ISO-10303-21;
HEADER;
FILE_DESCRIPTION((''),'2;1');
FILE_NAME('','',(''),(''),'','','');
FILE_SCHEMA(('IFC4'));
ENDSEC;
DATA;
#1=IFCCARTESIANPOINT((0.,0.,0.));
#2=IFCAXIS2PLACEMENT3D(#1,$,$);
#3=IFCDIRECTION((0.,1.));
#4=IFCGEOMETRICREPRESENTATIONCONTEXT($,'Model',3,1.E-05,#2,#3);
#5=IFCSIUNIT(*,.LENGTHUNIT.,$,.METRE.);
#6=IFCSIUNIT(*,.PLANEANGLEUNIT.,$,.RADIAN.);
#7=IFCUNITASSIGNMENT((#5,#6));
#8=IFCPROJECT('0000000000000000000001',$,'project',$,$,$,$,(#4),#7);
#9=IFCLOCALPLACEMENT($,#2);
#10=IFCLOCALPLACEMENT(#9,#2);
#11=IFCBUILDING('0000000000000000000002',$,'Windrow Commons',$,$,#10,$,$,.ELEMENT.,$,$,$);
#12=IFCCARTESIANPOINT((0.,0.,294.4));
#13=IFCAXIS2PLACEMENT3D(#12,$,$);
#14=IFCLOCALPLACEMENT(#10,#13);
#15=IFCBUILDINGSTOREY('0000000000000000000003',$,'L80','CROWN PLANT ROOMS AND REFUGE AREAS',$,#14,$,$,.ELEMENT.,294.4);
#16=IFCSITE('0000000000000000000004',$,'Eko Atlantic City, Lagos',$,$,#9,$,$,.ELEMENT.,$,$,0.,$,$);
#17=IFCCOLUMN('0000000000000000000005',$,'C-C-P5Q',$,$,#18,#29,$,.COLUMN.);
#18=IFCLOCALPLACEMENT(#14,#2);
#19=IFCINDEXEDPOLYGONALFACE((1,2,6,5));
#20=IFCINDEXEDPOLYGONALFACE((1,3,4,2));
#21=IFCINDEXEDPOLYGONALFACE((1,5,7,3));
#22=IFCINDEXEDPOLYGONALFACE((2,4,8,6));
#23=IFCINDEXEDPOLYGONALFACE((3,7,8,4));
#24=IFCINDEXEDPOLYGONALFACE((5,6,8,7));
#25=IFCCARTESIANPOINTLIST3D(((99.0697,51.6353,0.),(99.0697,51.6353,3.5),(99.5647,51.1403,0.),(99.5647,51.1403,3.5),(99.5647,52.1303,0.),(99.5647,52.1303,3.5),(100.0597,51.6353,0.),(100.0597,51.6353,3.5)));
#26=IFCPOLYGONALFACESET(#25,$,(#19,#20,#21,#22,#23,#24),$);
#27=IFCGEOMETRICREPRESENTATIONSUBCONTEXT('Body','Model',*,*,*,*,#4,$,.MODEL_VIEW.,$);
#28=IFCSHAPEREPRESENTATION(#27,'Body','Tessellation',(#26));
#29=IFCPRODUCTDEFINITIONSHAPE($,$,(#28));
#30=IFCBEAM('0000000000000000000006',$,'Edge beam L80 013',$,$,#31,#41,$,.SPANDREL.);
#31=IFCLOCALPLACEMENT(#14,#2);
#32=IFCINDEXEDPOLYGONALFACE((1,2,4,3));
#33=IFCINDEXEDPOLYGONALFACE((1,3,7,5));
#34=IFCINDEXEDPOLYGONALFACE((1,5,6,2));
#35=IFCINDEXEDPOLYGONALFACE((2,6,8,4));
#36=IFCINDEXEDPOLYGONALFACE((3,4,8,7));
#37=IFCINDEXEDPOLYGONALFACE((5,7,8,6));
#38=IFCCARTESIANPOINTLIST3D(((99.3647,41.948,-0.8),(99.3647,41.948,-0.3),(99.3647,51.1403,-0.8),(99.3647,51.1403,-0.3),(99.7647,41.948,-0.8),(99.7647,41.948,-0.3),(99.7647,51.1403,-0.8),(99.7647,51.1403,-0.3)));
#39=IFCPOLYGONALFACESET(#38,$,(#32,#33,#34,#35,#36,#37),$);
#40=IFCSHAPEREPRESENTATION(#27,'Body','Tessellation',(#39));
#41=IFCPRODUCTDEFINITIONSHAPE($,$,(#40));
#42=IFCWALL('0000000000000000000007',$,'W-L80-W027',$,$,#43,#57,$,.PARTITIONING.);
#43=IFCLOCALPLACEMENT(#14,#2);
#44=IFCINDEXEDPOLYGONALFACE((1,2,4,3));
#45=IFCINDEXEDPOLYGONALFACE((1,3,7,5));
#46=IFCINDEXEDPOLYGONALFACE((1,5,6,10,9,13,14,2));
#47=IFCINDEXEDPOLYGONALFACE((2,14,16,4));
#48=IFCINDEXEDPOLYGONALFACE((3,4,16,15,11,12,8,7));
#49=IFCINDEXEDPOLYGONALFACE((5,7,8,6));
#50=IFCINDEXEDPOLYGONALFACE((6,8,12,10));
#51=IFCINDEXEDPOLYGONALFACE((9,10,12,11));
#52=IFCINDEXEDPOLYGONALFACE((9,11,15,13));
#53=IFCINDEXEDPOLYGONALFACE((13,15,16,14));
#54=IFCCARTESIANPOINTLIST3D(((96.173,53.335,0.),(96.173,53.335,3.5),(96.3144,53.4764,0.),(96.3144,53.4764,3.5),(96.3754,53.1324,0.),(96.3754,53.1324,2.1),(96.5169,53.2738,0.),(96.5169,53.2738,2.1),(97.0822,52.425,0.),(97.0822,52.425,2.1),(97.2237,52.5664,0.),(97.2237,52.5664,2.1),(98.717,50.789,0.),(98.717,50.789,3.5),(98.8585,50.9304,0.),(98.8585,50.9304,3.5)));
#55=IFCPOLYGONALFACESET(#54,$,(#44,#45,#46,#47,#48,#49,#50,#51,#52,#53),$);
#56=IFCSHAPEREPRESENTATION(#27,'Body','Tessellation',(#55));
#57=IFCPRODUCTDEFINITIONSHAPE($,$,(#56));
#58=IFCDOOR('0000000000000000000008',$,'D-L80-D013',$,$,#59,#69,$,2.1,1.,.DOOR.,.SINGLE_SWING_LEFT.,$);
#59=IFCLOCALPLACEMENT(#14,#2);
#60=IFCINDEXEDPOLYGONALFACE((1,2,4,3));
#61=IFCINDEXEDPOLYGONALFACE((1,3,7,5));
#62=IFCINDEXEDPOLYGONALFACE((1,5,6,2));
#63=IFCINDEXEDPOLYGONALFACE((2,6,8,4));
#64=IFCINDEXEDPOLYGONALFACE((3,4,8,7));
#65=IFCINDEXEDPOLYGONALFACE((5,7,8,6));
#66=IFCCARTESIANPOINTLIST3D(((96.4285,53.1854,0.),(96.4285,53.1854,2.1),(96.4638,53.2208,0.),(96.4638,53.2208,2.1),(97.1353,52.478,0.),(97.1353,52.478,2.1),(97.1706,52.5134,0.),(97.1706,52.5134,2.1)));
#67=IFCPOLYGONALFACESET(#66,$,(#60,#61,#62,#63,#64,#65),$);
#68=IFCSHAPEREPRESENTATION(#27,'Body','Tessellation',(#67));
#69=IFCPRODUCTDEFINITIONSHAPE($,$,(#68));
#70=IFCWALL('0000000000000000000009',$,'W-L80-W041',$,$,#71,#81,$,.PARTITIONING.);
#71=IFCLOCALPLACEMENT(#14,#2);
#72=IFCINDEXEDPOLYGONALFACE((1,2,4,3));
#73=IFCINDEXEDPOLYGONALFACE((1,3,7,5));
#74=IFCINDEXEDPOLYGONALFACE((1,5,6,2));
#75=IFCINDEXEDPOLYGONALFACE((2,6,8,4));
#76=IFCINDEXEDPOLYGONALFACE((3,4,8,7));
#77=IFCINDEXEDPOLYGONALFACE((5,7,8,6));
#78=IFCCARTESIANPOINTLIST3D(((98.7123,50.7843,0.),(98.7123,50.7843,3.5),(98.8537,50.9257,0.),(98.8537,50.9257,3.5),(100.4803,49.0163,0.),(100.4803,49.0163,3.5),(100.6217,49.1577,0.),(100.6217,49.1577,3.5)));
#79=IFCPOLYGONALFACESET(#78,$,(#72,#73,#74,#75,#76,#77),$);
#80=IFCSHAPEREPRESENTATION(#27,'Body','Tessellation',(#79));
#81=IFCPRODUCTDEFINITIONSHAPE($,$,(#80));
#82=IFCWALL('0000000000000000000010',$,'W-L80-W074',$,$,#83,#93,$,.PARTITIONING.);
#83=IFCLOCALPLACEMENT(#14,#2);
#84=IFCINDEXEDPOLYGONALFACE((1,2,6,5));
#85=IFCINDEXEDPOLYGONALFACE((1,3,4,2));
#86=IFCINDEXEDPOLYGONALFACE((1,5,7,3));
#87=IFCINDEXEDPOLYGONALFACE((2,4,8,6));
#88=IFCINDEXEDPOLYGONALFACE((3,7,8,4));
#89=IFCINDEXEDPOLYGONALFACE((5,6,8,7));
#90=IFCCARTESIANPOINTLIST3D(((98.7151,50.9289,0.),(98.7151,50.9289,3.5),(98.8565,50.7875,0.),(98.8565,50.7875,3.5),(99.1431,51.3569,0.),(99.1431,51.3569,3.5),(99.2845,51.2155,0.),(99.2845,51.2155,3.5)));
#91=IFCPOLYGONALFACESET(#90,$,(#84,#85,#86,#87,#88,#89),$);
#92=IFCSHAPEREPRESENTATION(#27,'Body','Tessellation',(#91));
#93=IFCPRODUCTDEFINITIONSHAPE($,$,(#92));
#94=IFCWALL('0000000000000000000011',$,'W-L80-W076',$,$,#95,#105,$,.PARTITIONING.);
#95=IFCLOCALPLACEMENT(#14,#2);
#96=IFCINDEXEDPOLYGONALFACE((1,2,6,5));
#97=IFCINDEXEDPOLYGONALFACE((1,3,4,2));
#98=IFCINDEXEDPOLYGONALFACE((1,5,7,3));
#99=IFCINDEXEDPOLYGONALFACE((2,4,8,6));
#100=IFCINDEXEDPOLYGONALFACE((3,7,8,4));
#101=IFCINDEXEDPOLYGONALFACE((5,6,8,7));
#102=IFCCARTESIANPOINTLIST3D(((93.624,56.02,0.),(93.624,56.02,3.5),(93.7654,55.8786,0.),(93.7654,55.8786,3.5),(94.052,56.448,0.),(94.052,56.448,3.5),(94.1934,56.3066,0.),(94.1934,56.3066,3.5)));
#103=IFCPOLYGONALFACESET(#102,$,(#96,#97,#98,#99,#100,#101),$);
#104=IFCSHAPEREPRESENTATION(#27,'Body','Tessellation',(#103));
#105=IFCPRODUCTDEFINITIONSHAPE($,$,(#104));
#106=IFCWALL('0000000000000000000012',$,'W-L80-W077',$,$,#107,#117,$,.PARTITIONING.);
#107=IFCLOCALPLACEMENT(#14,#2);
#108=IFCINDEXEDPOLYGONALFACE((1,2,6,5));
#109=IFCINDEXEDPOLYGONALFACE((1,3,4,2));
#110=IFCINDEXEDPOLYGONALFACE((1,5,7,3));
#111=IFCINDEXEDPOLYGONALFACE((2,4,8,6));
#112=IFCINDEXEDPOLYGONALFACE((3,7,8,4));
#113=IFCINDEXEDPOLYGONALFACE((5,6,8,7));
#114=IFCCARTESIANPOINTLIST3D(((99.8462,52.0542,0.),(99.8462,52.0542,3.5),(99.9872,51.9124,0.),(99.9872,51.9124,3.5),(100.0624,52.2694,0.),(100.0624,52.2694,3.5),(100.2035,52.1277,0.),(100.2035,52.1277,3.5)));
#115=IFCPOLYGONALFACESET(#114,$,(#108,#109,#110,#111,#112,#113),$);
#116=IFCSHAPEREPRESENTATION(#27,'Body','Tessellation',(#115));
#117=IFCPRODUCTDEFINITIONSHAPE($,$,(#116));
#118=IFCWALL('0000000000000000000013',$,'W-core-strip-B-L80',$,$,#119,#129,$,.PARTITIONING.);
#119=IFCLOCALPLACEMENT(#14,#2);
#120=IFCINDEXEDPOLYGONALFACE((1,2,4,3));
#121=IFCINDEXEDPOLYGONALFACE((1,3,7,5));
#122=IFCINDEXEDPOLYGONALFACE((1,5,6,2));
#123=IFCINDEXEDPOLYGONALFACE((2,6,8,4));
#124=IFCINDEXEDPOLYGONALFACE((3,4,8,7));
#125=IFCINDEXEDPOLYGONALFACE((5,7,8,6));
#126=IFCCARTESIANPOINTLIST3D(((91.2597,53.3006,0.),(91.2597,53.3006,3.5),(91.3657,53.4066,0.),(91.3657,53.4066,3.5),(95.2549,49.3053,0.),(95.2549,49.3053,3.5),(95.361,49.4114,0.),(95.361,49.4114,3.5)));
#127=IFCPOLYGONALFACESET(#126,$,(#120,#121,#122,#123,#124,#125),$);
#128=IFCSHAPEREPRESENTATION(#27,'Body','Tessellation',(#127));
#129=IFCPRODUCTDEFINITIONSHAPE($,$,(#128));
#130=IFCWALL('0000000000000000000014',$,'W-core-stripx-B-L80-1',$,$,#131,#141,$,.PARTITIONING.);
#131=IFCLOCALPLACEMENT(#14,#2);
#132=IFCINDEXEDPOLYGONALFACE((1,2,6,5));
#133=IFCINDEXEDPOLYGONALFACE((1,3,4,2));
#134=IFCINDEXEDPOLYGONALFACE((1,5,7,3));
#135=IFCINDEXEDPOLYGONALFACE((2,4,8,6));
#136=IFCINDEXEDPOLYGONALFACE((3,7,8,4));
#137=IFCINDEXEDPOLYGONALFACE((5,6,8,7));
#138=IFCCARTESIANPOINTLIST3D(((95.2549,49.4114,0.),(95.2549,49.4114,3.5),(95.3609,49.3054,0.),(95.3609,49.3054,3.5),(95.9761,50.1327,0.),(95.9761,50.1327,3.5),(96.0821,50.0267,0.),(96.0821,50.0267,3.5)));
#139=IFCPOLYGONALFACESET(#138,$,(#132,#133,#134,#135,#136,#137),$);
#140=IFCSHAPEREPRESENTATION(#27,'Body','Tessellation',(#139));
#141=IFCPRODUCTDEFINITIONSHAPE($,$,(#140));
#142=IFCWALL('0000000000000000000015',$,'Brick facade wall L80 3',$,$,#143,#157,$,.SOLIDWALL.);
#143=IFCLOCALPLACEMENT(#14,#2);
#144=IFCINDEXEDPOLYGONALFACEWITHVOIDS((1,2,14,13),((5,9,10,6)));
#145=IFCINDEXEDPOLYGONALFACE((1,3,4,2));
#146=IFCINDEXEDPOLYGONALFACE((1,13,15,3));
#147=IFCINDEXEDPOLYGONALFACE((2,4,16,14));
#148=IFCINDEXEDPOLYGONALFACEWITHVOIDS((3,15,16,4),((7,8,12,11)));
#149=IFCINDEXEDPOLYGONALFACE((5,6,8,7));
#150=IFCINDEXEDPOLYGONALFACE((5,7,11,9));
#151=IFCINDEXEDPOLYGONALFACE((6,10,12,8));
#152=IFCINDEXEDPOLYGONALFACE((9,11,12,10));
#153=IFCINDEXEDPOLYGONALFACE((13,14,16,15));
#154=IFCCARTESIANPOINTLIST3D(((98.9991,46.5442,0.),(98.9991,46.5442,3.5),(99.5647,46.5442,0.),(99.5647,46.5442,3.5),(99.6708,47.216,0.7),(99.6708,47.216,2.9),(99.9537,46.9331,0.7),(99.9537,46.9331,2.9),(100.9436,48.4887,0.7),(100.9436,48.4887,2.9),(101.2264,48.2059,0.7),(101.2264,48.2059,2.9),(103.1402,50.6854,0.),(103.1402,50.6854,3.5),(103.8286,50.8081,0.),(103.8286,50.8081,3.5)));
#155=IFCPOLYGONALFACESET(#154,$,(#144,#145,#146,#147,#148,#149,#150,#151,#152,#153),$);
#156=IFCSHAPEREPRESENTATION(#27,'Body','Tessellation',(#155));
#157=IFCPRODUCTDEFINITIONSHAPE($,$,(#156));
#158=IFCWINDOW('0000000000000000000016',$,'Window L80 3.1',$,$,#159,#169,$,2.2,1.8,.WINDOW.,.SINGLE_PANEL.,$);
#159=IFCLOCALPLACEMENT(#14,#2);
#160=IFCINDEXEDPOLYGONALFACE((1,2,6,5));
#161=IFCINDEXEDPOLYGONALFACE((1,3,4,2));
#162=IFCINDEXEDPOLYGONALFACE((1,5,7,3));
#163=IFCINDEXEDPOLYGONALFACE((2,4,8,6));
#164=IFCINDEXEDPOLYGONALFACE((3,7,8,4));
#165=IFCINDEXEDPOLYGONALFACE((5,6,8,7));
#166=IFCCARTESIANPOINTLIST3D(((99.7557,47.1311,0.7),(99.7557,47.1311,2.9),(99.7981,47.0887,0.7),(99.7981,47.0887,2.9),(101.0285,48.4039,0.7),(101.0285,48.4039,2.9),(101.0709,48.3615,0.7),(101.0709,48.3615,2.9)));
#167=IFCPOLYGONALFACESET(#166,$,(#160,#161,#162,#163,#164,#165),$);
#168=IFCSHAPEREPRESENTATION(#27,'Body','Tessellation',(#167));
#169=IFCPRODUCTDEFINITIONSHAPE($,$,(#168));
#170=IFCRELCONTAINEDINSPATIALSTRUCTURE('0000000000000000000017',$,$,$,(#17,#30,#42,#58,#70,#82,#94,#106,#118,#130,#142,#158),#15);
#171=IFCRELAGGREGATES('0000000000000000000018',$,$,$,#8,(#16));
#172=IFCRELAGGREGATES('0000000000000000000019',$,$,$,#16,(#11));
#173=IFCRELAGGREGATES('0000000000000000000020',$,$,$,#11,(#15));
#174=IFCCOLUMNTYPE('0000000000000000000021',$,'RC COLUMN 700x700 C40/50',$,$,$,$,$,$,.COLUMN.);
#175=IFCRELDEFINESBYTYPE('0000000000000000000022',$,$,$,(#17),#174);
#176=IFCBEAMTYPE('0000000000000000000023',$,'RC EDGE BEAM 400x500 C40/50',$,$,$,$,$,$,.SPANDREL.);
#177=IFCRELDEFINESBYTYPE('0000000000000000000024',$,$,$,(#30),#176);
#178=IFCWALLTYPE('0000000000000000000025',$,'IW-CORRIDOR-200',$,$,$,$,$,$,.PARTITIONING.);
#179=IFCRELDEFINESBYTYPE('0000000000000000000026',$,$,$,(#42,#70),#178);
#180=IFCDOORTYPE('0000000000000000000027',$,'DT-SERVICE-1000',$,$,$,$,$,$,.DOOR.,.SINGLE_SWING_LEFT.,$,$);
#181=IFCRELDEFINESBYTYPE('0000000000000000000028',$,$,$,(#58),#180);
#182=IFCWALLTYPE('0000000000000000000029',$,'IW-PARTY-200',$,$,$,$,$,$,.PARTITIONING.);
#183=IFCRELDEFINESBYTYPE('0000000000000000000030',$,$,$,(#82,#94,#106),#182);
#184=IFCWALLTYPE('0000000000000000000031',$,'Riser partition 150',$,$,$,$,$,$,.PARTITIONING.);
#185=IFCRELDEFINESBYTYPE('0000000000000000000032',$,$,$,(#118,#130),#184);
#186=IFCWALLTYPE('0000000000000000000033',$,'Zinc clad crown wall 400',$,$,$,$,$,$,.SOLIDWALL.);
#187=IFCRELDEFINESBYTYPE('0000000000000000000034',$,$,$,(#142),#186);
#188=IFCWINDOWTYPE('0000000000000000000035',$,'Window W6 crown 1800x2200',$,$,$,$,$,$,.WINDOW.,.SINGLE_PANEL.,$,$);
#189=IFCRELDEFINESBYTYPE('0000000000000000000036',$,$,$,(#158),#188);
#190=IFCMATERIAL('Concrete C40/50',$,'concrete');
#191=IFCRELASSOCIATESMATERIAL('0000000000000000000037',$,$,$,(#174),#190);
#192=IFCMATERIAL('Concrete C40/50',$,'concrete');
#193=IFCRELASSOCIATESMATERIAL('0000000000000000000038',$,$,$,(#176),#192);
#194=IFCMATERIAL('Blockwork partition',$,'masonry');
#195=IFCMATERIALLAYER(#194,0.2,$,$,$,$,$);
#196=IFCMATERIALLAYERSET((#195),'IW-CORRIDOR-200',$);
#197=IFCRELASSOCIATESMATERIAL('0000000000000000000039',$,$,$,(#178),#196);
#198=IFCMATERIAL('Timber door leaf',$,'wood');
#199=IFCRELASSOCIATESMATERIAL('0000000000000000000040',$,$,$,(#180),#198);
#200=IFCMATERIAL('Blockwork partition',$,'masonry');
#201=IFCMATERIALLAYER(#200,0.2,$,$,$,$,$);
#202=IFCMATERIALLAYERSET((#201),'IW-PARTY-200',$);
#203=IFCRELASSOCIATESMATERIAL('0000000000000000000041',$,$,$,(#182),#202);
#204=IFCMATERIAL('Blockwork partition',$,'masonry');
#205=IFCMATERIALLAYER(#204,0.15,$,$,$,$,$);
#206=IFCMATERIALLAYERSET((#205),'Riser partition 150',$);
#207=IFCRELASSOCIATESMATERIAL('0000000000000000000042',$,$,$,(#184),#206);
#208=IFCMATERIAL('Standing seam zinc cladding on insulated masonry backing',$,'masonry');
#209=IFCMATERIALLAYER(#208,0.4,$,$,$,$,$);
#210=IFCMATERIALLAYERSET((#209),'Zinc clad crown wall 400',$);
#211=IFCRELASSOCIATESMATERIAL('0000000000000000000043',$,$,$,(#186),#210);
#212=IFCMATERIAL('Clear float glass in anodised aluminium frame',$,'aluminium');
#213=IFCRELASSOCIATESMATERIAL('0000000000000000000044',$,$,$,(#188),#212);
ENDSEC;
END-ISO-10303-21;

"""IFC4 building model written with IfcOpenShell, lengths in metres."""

from ifc_helpers import new_model, si_unit, direction, frame, frame_2d, origin, origin_2d, place, context, subcontext, project, spatial, polyline, rectangle, outline, extrude, material, layer, layer_set, material_profile, profile_set, type_object, element, fill, save


model = new_model("IFC4")

# Units and contexts
model_context = context("Model", 3, precision=1e-05, world=origin(), true_north=direction((0.0, 1.0)))
body_context = subcontext(model_context, "Body", "Model", "MODEL_VIEW")
ifc_project = project(units=[si_unit("LENGTHUNIT", "METRE"), si_unit("PLANEANGLEUNIT", "RADIAN")], contexts=[model_context])

# Site, building, storey
site_placement = place(None, origin())
site = spatial("IfcSite", under=ifc_project, at=site_placement, Name="Eko Atlantic City, Lagos", CompositionType="ELEMENT", RefElevation=0.0)
building_placement = place(site_placement, origin())
building = spatial("IfcBuilding", under=site, at=building_placement, Name="Windrow Commons", CompositionType="ELEMENT")
storey_placement = place(building_placement, frame((0.0, 0.0, 294.4)))
storey = spatial("IfcBuildingStorey", under=building, at=storey_placement, Name="L80", Description="CROWN PLANT ROOMS AND REFUGE AREAS", CompositionType="ELEMENT", Elevation=294.4)

# Column
ifc_material_1 = material(Name="Concrete C40/50", Category="concrete")
ifc_material_profile_1 = material_profile(ifc_material_1, rectangle(XDim=0.7, YDim=0.7, at=origin_2d()))
ifc_profile_set_1 = profile_set([ifc_material_profile_1], Name="Concrete C40/50")
column_type = type_object("IfcColumnType", Name="RC COLUMN 700x700 C40/50", PredefinedType="COLUMN", material=ifc_profile_set_1)
column_placement = place(storey_placement, frame((99.5647, 51.6353, 0.0), z_axis=(0.0, 0.0, 1.0), x_axis=(0.707107, -0.707107, 0.0)))
element("IfcColumn", 1, at=column_placement, inside=storey, type_object=column_type, Name="C-C-P5Q", PredefinedType="COLUMN", context=body_context, shape_type="SweptSolid", body=[
    extrude(rectangle(XDim=0.7, YDim=0.7, at=origin_2d()), origin(), (0.0, 0.0, 1.0), 3.5),
])

# Beam
ifc_material_2 = material(Name="Concrete C40/50", Category="concrete")
ifc_material_profile_2 = material_profile(ifc_material_2, rectangle(XDim=0.4, YDim=0.5, at=origin_2d()))
ifc_profile_set_2 = profile_set([ifc_material_profile_2], Name="Concrete C40/50")
beam_type = type_object("IfcBeamType", Name="RC EDGE BEAM 400x500 C40/50", PredefinedType="SPANDREL", material=ifc_profile_set_2)
beam_placement = place(storey_placement, frame((99.5647, 51.1403, -0.55), z_axis=(0.0, -1.0, 0.0), x_axis=(1.0, 0.0, 0.0)))
element("IfcBeam", 2, at=beam_placement, inside=storey, type_object=beam_type, Name="Edge beam L80 013", PredefinedType="SPANDREL", context=body_context, shape_type="SweptSolid", body=[
    extrude(rectangle(XDim=0.4, YDim=0.5, at=origin_2d()), origin(), (0.0, 0.0, 1.0), 9.1923),
])

# Wall, opening, door
ifc_material_3 = material(Name="Blockwork partition", Category="masonry")
ifc_layer_1 = layer(ifc_material_3, 0.2)
ifc_layer_set_1 = layer_set([ifc_layer_1], Name="IW-CORRIDOR-200")
wall_type_1 = type_object("IfcWallType", Name="IW-CORRIDOR-200", PredefinedType="PARTITIONING", material=ifc_layer_set_1)
wall_1_placement = place(storey_placement, frame((96.2437, 53.4057, 0.0), z_axis=(0.0, 0.0, 1.0), x_axis=(0.706829, -0.707385, 0.0)))
wall_1 = element("IfcWall", 3, at=wall_1_placement, inside=storey, type_object=wall_type_1, Name="W-L80-W027", PredefinedType="PARTITIONING", context=body_context, shape_type="SweptSolid", body=[
    extrude(rectangle(XDim=3.5992, YDim=0.2, at=frame_2d((1.7996, 0.0))), origin(), (0.0, 0.0, 1.0), 3.5),
])
opening_1_placement = place(wall_1_placement, frame((0.2864, 0.0, 0.0)))
opening_1 = element("IfcOpeningElement", 4, at=opening_1_placement, cuts=wall_1, PredefinedType="OPENING", context=body_context, shape_type="SweptSolid", body=[
    extrude(rectangle(XDim=1.0, YDim=2.1, at=frame_2d((0.5, 1.05))), frame((0.0, 0.11, 0.0), z_axis=(0.0, -1.0, 0.0), x_axis=(1.0, 0.0, 0.0)), (0.0, 0.0, 1.0), 0.22),
])
ifc_material_4 = material(Name="Timber door leaf", Category="wood")
door_type = type_object("IfcDoorType", Name="DT-SERVICE-1000", OperationType="SINGLE_SWING_LEFT", PredefinedType="DOOR", material=ifc_material_4)
door_placement = place(opening_1_placement, origin())
door = element("IfcDoor", 5, at=door_placement, inside=storey, type_object=door_type, Name="D-L80-D013", OperationType="SINGLE_SWING_LEFT", OverallHeight=2.1, OverallWidth=1.0, PredefinedType="DOOR", context=body_context, shape_type="SweptSolid", body=[
    extrude(rectangle(XDim=1.0, YDim=2.1, at=frame_2d((0.5, 1.05))), frame((0.0, 0.025, 0.0), z_axis=(0.0, -1.0, 0.0), x_axis=(1.0, 0.0, 0.0)), (0.0, 0.0, 1.0), 0.05),
])
fill(opening_1, door)

# Walls
wall_2_placement = place(storey_placement, frame((98.783, 50.855, 0.0), z_axis=(0.0, 0.0, 1.0), x_axis=(0.707107, -0.707107, 0.0)))
element("IfcWall", 6, at=wall_2_placement, inside=storey, type_object=wall_type_1, Name="W-L80-W041", PredefinedType="PARTITIONING", context=body_context, shape_type="SweptSolid", body=[
    extrude(rectangle(XDim=2.5003, YDim=0.2, at=frame_2d((1.2502, 0.0))), origin(), (0.0, 0.0, 1.0), 3.5),
])
ifc_material_5 = material(Name="Blockwork partition", Category="masonry")
ifc_layer_2 = layer(ifc_material_5, 0.2)
ifc_layer_set_2 = layer_set([ifc_layer_2], Name="IW-PARTY-200")
wall_type_2 = type_object("IfcWallType", Name="IW-PARTY-200", PredefinedType="PARTITIONING", material=ifc_layer_set_2)
for number, where, z_axis, x_axis, name in (
    (7, (98.7858, 50.8582, 0.0), (0.0, 0.0, 1.0), (0.707107, 0.707107, 0.0), "W-L80-W074"),
    (8, (93.6947, 55.9493, 0.0), (0.0, 0.0, 1.0), (0.707107, 0.707107, 0.0), "W-L80-W076"),
):
    element("IfcWall", number, at=place(storey_placement, frame(where, z_axis=z_axis, x_axis=x_axis)), inside=storey, type_object=wall_type_2, Name=name, PredefinedType="PARTITIONING", context=body_context, shape_type="SweptSolid", body=[
        extrude(rectangle(XDim=0.6053, YDim=0.2, at=frame_2d((0.3026, 0.0))), origin(), (0.0, 0.0, 1.0), 3.5),
    ])
wall_3_placement = place(storey_placement, frame((99.9167, 51.9833, 0.0), z_axis=(0.0, 0.0, 1.0), x_axis=(0.708744, 0.705466, 0.0)))
element("IfcWall", 9, at=wall_3_placement, inside=storey, type_object=wall_type_2, Name="W-L80-W077", PredefinedType="PARTITIONING", context=body_context, shape_type="SweptSolid", body=[
    extrude(outline(polyline([(0.0, -0.1), (0.3051, -0.1), (0.3051, 0.1), (0.0, 0.1), (0.0, -0.1)])), origin(), (0.0, 0.0, 1.0), 3.5),
])
ifc_material_6 = material(Name="Blockwork partition", Category="masonry")
ifc_layer_3 = layer(ifc_material_6, 0.15)
ifc_layer_set_3 = layer_set([ifc_layer_3], Name="Riser partition 150")
wall_type_3 = type_object("IfcWallType", Name="Riser partition 150", PredefinedType="PARTITIONING", material=ifc_layer_set_3)
wall_4_placement = place(storey_placement, frame((91.3127, 53.3536, 0.0), z_axis=(0.0, 0.0, 1.0), x_axis=(0.707107, -0.707107, 0.0)))
element("IfcWall", 10, at=wall_4_placement, inside=storey, type_object=wall_type_3, Name="W-core-strip-B-L80", PredefinedType="PARTITIONING", context=body_context, shape_type="SweptSolid", body=[
    extrude(outline(polyline([(0.0, 0.0), (5.6501, 0.0), (5.6501, 3.5), (0.0, 3.5), (0.0, 0.0)])), frame((0.0, 0.075, 0.0), z_axis=(0.0, -1.0, 0.0), x_axis=(1.0, 0.0, 0.0)), (0.0, 0.0, 1.0), 0.15),
])
wall_5_placement = place(storey_placement, frame((95.3079, 49.3584, 0.0), z_axis=(0.0, 0.0, 1.0), x_axis=(0.707058, 0.707156, 0.0)))
element("IfcWall", 11, at=wall_5_placement, inside=storey, type_object=wall_type_3, Name="W-core-stripx-B-L80-1", PredefinedType="PARTITIONING", context=body_context, shape_type="SweptSolid", body=[
    extrude(outline(polyline([(0.0, 0.0), (1.02, 0.0), (1.02, 3.5), (0.0, 3.5), (0.0, 0.0)])), frame((0.0, 0.075, 0.0), z_axis=(0.0, -1.0, 0.0), x_axis=(1.0, 0.0, 0.0)), (0.0, 0.0, 1.0), 0.15),
])

# Wall, opening, window
ifc_material_7 = material(Name="Standing seam zinc cladding on insulated masonry backing", Category="masonry")
ifc_layer_4 = layer(ifc_material_7, 0.4)
ifc_layer_set_4 = layer_set([ifc_layer_4], Name="Zinc clad crown wall 400")
wall_type_4 = type_object("IfcWallType", Name="Zinc clad crown wall 400", PredefinedType="SOLIDWALL", material=ifc_layer_set_4)
wall_6_placement = place(storey_placement, frame((99.2819, 46.5442, 0.0), z_axis=(0.0, 0.0, 1.0), x_axis=(0.707107, 0.707107, 0.0)))
wall_6 = element("IfcWall", 12, at=wall_6_placement, inside=storey, type_object=wall_type_4, Name="Brick facade wall L80 3", PredefinedType="SOLIDWALL", context=body_context, shape_type="SweptSolid", body=[
    extrude(outline(polyline([(0.2, -0.2), (6.23, -0.2), (5.6565, 0.2), (-0.2, 0.2), (0.2, -0.2)])), origin(), (0.0, 0.0, 1.0), 3.5),
])
opening_2_placement = place(wall_6_placement, frame((0.75, 0.0, 0.7)))
opening_2 = element("IfcOpeningElement", 13, at=opening_2_placement, cuts=wall_6, PredefinedType="OPENING", context=body_context, shape_type="SweptSolid", body=[
    extrude(rectangle(XDim=1.8, YDim=2.2, at=frame_2d((0.9, 1.1))), frame((0.0, 0.21, 0.0), z_axis=(0.0, -1.0, 0.0), x_axis=(1.0, 0.0, 0.0)), (0.0, 0.0, 1.0), 0.42),
])
ifc_material_8 = material(Name="Clear float glass in anodised aluminium frame", Category="aluminium")
window_type = type_object("IfcWindowType", Name="Window W6 crown 1800x2200", PartitioningType="SINGLE_PANEL", PredefinedType="WINDOW", material=ifc_material_8)
window_1_placement = place(opening_2_placement, origin())
window_1 = element("IfcWindow", 14, at=window_1_placement, inside=storey, type_object=window_type, Name="Window L80 3.1", OverallHeight=2.2, OverallWidth=1.8, PartitioningType="SINGLE_PANEL", PredefinedType="WINDOW", context=body_context, shape_type="SweptSolid", body=[
    extrude(rectangle(XDim=1.8, YDim=2.2, at=frame_2d((0.9, 1.1))), frame((0.0, 0.08, 0.0), z_axis=(0.0, -1.0, 0.0), x_axis=(1.0, 0.0, 0.0)), (0.0, 0.0, 1.0), 0.06),
])
fill(opening_2, window_1)

save(model, "model.ifc")
